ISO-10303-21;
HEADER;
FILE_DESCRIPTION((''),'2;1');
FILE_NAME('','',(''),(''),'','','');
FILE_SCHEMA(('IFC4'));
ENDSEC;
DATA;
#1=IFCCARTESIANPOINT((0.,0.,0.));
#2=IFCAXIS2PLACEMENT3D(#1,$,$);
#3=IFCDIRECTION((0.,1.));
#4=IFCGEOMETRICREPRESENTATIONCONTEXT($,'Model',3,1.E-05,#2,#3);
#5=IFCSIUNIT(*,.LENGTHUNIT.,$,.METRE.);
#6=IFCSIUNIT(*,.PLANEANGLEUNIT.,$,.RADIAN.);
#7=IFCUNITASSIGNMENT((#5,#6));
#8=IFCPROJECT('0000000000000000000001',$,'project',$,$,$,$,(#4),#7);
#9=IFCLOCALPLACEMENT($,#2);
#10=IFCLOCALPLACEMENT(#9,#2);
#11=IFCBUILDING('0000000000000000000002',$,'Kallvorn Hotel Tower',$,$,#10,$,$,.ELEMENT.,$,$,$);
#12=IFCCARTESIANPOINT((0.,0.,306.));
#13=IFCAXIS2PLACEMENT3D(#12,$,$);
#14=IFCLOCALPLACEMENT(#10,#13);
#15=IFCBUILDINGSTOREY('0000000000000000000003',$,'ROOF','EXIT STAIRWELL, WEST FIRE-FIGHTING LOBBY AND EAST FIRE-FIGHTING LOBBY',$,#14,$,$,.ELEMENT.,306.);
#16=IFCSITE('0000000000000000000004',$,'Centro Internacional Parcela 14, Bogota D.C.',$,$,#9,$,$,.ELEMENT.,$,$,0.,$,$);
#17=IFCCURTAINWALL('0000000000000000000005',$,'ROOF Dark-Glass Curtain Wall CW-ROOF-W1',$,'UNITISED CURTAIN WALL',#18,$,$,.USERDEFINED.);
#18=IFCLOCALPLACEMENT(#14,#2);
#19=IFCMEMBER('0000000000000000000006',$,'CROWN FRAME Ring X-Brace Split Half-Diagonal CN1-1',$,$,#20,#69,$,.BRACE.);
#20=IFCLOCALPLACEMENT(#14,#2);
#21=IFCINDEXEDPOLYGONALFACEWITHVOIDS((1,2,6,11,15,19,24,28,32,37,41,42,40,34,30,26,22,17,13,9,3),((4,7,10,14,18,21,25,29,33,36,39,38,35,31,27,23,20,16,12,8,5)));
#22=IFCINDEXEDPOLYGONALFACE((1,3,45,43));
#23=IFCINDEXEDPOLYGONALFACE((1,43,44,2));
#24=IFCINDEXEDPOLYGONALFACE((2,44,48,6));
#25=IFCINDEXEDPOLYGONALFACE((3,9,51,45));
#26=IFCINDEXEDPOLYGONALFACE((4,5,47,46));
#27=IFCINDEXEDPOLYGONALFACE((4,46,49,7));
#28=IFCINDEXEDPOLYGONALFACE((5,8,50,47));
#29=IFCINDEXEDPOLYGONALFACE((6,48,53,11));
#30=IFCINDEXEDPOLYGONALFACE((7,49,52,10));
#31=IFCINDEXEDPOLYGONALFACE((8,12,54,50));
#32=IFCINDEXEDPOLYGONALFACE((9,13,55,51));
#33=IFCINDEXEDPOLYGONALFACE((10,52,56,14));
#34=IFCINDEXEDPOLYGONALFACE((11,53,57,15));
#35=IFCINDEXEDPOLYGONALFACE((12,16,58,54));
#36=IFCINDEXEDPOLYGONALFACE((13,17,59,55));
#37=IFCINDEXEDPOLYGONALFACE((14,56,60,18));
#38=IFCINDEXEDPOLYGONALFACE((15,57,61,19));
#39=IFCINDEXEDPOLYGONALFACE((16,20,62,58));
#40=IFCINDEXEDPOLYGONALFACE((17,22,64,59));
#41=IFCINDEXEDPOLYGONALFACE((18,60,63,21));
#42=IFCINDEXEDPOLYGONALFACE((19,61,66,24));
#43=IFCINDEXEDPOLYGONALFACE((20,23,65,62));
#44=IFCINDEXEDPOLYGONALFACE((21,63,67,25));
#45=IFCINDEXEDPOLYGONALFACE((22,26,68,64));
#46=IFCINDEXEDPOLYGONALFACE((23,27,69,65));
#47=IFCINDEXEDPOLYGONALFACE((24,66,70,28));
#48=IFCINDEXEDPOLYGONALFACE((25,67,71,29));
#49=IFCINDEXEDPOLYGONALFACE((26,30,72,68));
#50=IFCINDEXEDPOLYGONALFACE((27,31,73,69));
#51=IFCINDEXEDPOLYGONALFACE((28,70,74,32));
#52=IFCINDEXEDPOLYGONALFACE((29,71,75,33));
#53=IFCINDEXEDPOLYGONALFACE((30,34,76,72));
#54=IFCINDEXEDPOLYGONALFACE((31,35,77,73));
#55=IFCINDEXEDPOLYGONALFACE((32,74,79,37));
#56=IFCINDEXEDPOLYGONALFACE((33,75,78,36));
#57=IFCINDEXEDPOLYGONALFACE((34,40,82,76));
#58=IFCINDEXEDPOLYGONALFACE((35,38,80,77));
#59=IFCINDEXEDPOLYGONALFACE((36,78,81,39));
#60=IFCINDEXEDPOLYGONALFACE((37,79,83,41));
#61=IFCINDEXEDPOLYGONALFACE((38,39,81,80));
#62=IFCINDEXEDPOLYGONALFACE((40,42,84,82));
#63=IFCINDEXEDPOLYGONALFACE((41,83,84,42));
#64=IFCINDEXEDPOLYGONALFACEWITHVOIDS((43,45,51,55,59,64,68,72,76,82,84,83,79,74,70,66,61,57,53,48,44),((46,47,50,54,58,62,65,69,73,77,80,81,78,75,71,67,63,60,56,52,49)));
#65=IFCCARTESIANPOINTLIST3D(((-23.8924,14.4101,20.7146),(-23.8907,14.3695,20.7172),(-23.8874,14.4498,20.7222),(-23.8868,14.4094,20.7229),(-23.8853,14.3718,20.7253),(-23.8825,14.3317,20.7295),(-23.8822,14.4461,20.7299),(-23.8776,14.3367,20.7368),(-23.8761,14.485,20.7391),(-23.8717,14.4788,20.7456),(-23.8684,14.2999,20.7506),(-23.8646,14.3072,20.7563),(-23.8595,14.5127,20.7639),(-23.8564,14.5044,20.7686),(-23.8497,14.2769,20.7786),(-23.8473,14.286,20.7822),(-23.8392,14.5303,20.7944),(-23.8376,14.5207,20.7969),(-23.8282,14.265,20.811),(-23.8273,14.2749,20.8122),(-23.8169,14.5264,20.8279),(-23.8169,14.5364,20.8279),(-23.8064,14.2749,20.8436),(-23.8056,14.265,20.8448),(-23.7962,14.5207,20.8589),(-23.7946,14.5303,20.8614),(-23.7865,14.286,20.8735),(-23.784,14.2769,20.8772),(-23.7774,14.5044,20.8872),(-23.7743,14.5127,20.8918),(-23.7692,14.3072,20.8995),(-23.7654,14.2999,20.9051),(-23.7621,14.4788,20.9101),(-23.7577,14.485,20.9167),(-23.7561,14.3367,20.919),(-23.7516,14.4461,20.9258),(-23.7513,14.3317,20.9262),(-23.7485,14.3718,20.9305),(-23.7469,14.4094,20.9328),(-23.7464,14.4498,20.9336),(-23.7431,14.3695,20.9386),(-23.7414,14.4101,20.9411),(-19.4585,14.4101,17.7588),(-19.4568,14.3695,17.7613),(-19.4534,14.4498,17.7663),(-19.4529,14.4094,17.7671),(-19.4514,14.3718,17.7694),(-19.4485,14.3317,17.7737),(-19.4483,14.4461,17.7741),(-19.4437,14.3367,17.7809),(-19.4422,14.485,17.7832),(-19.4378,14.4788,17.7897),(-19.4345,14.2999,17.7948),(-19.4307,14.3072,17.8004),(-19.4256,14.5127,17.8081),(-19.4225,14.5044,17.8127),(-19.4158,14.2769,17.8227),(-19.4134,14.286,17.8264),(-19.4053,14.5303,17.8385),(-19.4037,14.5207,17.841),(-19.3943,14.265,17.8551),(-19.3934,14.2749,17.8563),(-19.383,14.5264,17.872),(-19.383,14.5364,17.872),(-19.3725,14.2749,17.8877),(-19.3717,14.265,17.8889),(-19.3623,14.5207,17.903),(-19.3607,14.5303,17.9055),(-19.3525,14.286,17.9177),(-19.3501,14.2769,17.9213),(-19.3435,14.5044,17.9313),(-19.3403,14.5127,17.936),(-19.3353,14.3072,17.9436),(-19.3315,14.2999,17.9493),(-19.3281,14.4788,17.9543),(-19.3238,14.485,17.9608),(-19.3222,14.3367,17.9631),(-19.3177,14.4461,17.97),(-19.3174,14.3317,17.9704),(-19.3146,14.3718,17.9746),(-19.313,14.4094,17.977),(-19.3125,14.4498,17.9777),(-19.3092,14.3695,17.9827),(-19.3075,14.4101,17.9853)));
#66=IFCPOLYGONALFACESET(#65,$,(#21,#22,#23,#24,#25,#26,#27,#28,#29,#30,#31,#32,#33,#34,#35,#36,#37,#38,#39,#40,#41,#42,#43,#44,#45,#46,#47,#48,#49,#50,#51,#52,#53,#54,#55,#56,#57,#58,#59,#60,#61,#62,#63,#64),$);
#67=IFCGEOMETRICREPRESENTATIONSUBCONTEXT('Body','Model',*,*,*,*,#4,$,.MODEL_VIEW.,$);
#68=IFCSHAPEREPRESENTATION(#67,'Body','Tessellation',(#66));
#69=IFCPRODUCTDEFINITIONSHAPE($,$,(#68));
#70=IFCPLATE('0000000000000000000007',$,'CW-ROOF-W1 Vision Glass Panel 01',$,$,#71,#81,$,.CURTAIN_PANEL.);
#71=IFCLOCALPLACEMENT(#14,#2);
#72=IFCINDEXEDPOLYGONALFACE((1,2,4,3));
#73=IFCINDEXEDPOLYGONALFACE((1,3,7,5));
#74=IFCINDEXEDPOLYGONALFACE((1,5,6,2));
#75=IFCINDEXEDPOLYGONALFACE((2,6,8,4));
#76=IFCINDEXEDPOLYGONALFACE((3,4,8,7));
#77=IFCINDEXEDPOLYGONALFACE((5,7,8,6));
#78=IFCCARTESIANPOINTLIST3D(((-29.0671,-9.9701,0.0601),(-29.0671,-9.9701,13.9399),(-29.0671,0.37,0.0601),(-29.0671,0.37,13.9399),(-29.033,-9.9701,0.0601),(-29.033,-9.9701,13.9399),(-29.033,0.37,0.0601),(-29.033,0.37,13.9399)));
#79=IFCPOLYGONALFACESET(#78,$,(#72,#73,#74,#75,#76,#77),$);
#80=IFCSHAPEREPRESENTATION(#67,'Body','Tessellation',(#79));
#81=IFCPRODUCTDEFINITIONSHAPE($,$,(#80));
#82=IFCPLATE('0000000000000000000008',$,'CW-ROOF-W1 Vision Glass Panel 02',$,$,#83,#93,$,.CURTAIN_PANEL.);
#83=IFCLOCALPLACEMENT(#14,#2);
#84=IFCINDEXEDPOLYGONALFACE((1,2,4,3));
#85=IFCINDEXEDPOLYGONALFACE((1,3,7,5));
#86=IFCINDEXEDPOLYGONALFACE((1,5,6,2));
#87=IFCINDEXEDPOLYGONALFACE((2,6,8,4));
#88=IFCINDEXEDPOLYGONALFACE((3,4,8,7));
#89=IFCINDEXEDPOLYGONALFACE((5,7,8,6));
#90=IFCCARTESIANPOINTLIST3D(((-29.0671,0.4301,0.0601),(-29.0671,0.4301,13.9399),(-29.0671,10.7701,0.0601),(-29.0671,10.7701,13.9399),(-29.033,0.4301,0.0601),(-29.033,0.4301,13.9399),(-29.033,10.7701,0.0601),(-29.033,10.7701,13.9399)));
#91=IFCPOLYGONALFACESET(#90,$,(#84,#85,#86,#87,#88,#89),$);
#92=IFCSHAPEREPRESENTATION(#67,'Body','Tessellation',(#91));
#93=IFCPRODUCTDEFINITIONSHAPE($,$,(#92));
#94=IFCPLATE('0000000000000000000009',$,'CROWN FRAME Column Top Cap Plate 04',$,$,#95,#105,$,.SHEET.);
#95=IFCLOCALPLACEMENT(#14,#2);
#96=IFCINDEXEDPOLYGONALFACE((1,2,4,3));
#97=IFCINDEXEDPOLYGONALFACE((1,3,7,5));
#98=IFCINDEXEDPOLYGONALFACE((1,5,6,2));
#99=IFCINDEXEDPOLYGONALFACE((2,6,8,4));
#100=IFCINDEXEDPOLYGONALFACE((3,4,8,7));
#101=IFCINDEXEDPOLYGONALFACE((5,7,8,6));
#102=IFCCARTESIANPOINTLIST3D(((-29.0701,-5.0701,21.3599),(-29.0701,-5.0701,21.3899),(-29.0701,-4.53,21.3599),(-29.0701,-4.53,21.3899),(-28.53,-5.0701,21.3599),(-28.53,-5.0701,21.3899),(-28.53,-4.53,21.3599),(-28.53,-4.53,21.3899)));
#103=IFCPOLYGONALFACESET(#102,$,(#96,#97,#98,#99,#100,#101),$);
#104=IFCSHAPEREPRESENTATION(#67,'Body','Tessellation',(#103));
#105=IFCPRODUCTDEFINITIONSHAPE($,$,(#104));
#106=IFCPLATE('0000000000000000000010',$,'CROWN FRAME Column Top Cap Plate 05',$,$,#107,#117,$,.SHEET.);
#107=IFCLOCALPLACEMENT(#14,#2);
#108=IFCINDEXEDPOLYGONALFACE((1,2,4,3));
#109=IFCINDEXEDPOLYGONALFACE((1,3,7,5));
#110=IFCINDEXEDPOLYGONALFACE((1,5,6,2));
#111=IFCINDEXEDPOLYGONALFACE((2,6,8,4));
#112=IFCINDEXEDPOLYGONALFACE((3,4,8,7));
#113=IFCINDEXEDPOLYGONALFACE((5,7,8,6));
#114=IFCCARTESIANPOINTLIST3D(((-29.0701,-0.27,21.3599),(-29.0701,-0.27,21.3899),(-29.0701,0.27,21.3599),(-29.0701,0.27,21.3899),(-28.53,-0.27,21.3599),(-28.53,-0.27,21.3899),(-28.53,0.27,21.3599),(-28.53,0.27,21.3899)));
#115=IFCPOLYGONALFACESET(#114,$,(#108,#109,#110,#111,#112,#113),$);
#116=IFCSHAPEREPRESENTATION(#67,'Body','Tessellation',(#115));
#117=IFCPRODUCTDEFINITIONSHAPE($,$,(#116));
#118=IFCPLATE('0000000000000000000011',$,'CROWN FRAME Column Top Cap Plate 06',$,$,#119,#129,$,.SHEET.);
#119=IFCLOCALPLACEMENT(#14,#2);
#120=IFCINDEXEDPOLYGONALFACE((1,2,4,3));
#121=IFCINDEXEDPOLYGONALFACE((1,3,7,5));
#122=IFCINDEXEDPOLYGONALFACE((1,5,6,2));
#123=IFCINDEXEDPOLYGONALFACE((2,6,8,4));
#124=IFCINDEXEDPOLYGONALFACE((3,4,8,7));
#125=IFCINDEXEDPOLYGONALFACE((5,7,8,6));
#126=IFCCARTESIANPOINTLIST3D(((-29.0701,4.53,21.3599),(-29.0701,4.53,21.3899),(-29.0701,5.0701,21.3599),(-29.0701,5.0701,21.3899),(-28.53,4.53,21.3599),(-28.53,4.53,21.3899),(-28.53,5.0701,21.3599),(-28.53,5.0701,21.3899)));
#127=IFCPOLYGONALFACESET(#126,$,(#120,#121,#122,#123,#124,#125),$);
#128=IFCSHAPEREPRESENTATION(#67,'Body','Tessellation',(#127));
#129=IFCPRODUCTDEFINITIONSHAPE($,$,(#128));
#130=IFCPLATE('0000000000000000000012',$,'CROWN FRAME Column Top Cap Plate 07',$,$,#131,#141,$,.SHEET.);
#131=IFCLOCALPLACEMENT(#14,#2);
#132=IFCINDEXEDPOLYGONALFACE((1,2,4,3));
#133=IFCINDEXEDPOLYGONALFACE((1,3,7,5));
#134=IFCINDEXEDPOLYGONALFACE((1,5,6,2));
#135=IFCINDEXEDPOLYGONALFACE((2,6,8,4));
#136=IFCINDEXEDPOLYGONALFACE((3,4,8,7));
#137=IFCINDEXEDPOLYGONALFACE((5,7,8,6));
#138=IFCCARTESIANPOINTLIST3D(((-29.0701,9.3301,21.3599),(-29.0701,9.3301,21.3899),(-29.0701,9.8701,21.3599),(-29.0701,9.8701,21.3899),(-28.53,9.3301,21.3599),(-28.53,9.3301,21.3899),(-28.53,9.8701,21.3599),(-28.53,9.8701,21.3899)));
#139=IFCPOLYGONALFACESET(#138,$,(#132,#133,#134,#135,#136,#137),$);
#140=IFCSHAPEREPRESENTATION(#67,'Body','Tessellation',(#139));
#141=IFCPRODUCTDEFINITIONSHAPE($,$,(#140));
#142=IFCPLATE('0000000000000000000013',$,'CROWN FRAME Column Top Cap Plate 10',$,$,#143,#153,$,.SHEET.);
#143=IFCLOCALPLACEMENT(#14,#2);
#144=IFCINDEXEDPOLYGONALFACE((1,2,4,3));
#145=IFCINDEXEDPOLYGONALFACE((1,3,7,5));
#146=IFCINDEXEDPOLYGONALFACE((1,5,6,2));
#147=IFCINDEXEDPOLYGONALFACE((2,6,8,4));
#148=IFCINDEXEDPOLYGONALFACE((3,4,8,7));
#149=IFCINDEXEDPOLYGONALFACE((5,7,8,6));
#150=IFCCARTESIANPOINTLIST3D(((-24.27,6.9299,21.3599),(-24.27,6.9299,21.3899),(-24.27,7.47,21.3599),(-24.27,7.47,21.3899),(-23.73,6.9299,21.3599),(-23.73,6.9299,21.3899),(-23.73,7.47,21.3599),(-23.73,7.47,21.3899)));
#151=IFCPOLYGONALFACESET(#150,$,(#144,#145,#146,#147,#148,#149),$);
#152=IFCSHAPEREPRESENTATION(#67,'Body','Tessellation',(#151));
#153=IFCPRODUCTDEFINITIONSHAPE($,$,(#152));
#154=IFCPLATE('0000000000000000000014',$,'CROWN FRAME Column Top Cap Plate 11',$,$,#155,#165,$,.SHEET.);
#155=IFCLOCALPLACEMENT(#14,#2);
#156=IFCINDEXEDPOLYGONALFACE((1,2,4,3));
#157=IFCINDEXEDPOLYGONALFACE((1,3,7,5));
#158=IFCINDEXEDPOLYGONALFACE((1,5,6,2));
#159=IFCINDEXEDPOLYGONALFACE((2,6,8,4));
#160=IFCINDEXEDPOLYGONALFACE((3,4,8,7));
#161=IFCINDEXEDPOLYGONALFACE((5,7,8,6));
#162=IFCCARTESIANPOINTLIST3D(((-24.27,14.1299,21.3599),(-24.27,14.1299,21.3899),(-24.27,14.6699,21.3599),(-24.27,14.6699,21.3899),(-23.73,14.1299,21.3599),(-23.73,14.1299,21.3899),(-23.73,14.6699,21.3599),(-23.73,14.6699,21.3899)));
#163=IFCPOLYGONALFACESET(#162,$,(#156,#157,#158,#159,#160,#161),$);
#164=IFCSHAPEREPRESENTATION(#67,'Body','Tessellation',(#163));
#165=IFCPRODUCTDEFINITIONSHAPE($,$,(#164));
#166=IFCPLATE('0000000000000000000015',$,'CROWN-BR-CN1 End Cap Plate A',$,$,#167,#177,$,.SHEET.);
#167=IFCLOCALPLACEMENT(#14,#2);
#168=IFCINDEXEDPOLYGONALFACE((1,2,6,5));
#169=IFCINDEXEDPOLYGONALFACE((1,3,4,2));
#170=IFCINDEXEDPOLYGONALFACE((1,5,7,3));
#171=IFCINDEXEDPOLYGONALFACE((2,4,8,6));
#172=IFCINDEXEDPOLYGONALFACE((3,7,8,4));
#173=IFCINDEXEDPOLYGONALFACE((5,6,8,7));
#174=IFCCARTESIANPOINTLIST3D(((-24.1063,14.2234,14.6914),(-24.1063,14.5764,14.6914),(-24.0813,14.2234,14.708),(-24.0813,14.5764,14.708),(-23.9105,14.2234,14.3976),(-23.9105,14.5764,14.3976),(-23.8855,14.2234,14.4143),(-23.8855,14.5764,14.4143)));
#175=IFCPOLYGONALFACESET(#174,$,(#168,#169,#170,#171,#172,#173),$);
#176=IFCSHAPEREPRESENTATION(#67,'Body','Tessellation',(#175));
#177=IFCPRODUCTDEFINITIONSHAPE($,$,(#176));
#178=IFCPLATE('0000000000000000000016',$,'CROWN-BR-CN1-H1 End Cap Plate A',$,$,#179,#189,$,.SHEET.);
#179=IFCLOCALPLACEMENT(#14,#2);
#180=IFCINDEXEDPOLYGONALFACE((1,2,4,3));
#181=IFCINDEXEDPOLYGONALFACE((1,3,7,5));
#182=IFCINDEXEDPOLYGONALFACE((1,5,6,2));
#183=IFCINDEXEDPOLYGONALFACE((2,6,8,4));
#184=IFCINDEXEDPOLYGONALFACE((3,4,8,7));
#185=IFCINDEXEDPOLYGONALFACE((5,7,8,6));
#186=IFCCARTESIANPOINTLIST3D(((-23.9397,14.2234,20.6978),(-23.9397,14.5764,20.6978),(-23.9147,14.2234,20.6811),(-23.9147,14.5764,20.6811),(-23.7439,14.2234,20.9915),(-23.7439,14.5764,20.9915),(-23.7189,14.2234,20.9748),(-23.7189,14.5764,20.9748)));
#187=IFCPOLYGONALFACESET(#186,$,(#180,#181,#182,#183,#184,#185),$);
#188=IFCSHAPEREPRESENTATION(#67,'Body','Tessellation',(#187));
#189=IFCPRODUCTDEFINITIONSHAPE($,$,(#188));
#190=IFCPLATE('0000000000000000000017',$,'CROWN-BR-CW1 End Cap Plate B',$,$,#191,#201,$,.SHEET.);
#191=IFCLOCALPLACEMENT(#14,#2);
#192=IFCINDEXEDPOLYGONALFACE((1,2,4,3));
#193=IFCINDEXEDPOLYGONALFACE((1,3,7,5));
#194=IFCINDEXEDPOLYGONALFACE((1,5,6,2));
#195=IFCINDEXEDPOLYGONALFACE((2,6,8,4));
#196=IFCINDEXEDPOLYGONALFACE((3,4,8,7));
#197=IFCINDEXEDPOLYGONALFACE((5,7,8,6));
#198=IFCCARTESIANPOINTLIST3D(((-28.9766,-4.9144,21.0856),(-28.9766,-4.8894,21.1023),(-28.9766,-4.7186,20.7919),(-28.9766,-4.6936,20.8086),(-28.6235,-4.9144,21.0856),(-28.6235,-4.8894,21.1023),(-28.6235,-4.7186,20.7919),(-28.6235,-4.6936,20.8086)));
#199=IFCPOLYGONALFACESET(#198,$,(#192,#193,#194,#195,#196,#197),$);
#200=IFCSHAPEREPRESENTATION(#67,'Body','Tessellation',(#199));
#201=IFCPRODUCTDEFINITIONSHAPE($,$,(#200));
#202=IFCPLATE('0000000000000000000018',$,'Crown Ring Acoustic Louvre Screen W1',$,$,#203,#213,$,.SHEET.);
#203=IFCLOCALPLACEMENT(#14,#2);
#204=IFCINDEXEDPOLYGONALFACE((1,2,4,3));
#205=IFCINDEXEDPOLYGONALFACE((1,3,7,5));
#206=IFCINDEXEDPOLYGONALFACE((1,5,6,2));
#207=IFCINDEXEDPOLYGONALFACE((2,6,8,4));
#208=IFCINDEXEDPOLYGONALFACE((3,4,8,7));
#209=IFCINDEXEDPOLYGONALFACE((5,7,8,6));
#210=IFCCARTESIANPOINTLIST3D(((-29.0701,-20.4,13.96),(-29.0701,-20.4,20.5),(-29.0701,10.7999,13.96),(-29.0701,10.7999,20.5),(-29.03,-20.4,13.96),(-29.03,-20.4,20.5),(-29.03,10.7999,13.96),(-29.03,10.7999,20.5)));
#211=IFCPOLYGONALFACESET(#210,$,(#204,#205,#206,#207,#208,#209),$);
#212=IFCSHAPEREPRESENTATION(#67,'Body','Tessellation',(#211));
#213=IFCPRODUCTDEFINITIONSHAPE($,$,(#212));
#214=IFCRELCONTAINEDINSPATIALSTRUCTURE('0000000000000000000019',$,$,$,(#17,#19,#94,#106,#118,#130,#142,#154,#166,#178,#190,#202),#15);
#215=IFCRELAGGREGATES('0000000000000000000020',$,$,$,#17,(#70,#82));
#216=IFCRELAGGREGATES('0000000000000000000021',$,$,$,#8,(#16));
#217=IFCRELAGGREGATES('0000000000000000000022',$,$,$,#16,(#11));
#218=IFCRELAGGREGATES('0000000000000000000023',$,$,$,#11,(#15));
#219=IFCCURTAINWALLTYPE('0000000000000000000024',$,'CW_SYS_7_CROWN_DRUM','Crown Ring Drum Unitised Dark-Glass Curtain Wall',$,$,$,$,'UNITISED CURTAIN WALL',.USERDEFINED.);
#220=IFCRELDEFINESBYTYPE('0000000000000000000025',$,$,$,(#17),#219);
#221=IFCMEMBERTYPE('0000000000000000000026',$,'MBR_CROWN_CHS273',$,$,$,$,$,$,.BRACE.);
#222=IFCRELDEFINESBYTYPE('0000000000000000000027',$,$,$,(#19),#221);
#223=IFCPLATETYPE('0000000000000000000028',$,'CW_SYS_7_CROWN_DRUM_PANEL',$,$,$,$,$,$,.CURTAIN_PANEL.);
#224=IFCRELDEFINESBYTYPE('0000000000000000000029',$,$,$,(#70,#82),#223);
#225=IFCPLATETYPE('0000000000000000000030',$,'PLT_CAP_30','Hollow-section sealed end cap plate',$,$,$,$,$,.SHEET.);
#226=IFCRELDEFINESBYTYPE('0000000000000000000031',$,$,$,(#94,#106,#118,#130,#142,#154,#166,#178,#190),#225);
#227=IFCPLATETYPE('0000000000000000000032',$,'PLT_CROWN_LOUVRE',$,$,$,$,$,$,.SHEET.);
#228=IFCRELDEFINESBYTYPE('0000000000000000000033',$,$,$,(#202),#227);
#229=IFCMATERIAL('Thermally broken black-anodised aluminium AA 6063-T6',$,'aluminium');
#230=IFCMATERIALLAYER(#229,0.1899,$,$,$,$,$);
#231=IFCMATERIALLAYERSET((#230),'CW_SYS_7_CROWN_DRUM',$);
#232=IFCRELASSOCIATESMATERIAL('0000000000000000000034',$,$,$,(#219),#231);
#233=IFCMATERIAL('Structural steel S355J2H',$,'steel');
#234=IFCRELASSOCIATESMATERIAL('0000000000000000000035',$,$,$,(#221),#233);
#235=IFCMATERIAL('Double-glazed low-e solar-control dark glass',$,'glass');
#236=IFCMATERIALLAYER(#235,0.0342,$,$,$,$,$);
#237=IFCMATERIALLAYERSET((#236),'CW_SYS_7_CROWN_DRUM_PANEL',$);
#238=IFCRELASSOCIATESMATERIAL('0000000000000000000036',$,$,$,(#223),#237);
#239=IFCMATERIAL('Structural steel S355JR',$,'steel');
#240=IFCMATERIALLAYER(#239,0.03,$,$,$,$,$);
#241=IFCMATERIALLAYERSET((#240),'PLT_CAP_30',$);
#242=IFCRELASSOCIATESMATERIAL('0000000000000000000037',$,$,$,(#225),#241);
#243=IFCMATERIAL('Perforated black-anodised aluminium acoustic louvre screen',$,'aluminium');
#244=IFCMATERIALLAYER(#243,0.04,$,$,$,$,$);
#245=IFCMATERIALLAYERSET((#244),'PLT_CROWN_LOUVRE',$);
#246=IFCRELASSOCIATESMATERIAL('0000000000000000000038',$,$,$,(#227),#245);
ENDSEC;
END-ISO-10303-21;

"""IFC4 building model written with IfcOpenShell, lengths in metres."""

from ifc_helpers import new_model, si_unit, direction, frame, origin, origin_2d, place, context, subcontext, project, spatial, polyline, rectangle, hollow_circle, outline, extrude, material, layer, layer_set, material_profile, profile_set, type_object, element, aggregate, save


model = new_model("IFC4")

# Units and contexts
model_context = context("Model", 3, precision=1e-05, world=origin(), true_north=direction((0.0, 1.0)))
body_context = subcontext(model_context, "Body", "Model", "MODEL_VIEW")
ifc_project = project(units=[si_unit("LENGTHUNIT", "METRE"), si_unit("PLANEANGLEUNIT", "RADIAN")], contexts=[model_context])

# Site, building, storey
site_placement = place(None, origin())
site = spatial("IfcSite", under=ifc_project, at=site_placement, Name="Centro Internacional Parcela 14, Bogota D.C.", CompositionType="ELEMENT", RefElevation=0.0)
building_placement = place(site_placement, origin())
building = spatial("IfcBuilding", under=site, at=building_placement, Name="Kallvorn Hotel Tower", CompositionType="ELEMENT")
storey_placement = place(building_placement, frame((0.0, 0.0, 306.0)))
storey = spatial("IfcBuildingStorey", under=building, at=storey_placement, Name="ROOF", Description="EXIT STAIRWELL, WEST FIRE-FIGHTING LOBBY AND EAST FIRE-FIGHTING LOBBY", CompositionType="ELEMENT", Elevation=306.0)

# Curtain wall
ifc_material_1 = material(Name="Thermally broken black-anodised aluminium AA 6063-T6", Category="aluminium")
ifc_layer_1 = layer(ifc_material_1, 0.1899)
ifc_layer_set_1 = layer_set([ifc_layer_1], Name="CW_SYS_7_CROWN_DRUM")
curtain_wall_type = type_object("IfcCurtainWallType", Name="CW_SYS_7_CROWN_DRUM", Description="Crown Ring Drum Unitised Dark-Glass Curtain Wall", ElementType="UNITISED CURTAIN WALL", PredefinedType="USERDEFINED", material=ifc_layer_set_1)
curtain_wall_1_placement = place(storey_placement, origin())
curtain_wall_1 = element("IfcCurtainWall", 1, at=curtain_wall_1_placement, inside=storey, type_object=curtain_wall_type, Name="ROOF Dark-Glass Curtain Wall CW-ROOF-W1", ObjectType="UNITISED CURTAIN WALL", PredefinedType="USERDEFINED")

# Member
ifc_material_2 = material(Name="Structural steel S355J2H", Category="steel")
ifc_material_profile_1 = material_profile(ifc_material_2, hollow_circle(Radius=0.1365, WallThickness=0.01, at=origin_2d()), Name="CHS 273x10")
ifc_profile_set_1 = profile_set([ifc_material_profile_1], Name="Structural steel S355J2H")
member_type_1 = type_object("IfcMemberType", Name="MBR_CROWN_CHS273", PredefinedType="BRACE", material=ifc_profile_set_1)
member_1_placement = place(storey_placement, frame((-23.8169, 14.3999, 20.8279), z_axis=(0.832057, 0.0, -0.55469), x_axis=(0.0, 1.0, 0.0)))
element("IfcMember", 2, at=member_1_placement, inside=storey, type_object=member_type_1, Name="CROWN FRAME Ring X-Brace Split Half-Diagonal CN1-1", PredefinedType="BRACE", context=body_context, shape_type="SweptSolid", body=[
    extrude(hollow_circle(Radius=0.1365, WallThickness=0.01, at=origin_2d()), origin(), (0.0, 0.0, 1.0), 5.3289),
])

# Plates
ifc_material_3 = material(Name="Double-glazed low-e solar-control dark glass", Category="glass")
ifc_layer_2 = layer(ifc_material_3, 0.0342)
ifc_layer_set_2 = layer_set([ifc_layer_2], Name="CW_SYS_7_CROWN_DRUM_PANEL")
plate_type_1 = type_object("IfcPlateType", Name="CW_SYS_7_CROWN_DRUM_PANEL", PredefinedType="CURTAIN_PANEL", material=ifc_layer_set_2)
plate_1_placement = place(storey_placement, frame((-29.05, -4.8, 0.0601), z_axis=(0.0, 0.0, 1.0), x_axis=(0.0, 1.0, 0.0)))
plate_1 = element("IfcPlate", 3, at=plate_1_placement, type_object=plate_type_1, Name="CW-ROOF-W1 Vision Glass Panel 01", PredefinedType="CURTAIN_PANEL", context=body_context, shape_type="SweptSolid", body=[
    extrude(rectangle(XDim=10.3401, YDim=0.0342, at=origin_2d()), origin(), (0.0, 0.0, 1.0), 13.8799),
])
plate_2_placement = place(storey_placement, frame((-29.05, 5.6001, 0.0601), z_axis=(0.0, 0.0, 1.0), x_axis=(0.0, 1.0, 0.0)))
plate_2 = element("IfcPlate", 4, at=plate_2_placement, type_object=plate_type_1, Name="CW-ROOF-W1 Vision Glass Panel 02", PredefinedType="CURTAIN_PANEL", context=body_context, shape_type="SweptSolid", body=[
    extrude(rectangle(XDim=10.3401, YDim=0.0342, at=origin_2d()), origin(), (0.0, 0.0, 1.0), 13.8799),
])
aggregate(curtain_wall_1, [plate_1, plate_2])

# Plates
ifc_material_4 = material(Name="Structural steel S355JR", Category="steel")
ifc_layer_3 = layer(ifc_material_4, 0.03)
ifc_layer_set_3 = layer_set([ifc_layer_3], Name="PLT_CAP_30")
plate_type_2 = type_object("IfcPlateType", Name="PLT_CAP_30", Description="Hollow-section sealed end cap plate", PredefinedType="SHEET", material=ifc_layer_set_3)
for number, where, z_axis, x_axis, name in (
    (5, (-28.8, -4.8, 21.3599), (0.0, 0.0, 1.0), (1.0, 0.0, 0.0), "CROWN FRAME Column Top Cap Plate 04"),
    (6, (-28.8, 0.0, 21.3599), (0.0, 0.0, 1.0), (1.0, 0.0, 0.0), "CROWN FRAME Column Top Cap Plate 05"),
    (7, (-28.8, 4.8, 21.3599), (0.0, 0.0, 1.0), (1.0, 0.0, 0.0), "CROWN FRAME Column Top Cap Plate 06"),
    (8, (-28.8, 9.6001, 21.3599), (0.0, 0.0, 1.0), (1.0, 0.0, 0.0), "CROWN FRAME Column Top Cap Plate 07"),
    (9, (-24.0, 7.2, 21.3599), (0.0, 0.0, 1.0), (1.0, 0.0, 0.0), "CROWN FRAME Column Top Cap Plate 10"),
    (10, (-24.0, 14.3999, 21.3599), (0.0, 0.0, 1.0), (1.0, 0.0, 0.0), "CROWN FRAME Column Top Cap Plate 11"),
):
    element("IfcPlate", number, at=place(storey_placement, frame(where, z_axis=z_axis, x_axis=x_axis)), inside=storey, type_object=plate_type_2, Name=name, PredefinedType="SHEET", context=body_context, shape_type="SweptSolid", body=[
        extrude(rectangle(XDim=0.54, YDim=0.54, at=origin_2d()), origin(), (0.0, 0.0, 1.0), 0.03),
    ])
for number, where, z_axis, x_axis, name in (
    (11, (-23.8855, 14.2234, 14.4143), (0.83205, 0.0, 0.5547), (0.0, 1.0, 0.0), "CROWN-BR-CN1 End Cap Plate A"),
    (12, (-23.9397, 14.5764, 20.6978), (-0.83205, 0.0, 0.5547), (0.0, -1.0, 0.0), "CROWN-BR-CN1-H1 End Cap Plate A"),
    (13, (-28.6235, -4.6936, 20.8086), (0.0, 0.83205, 0.5547), (-1.0, 0.0, 0.0), "CROWN-BR-CW1 End Cap Plate B"),
):
    element("IfcPlate", number, at=place(storey_placement, frame(where, z_axis=z_axis, x_axis=x_axis)), inside=storey, type_object=plate_type_2, Name=name, PredefinedType="SHEET", context=body_context, shape_type="SweptSolid", body=[
        extrude(outline(polyline([(0.0, 0.0), (0.353, 0.0), (0.353, 0.353), (0.0, 0.353), (0.0, 0.0)])), origin(), (0.0, 0.0, -1.0), 0.03),
    ])
ifc_material_5 = material(Name="Perforated black-anodised aluminium acoustic louvre screen", Category="aluminium")
ifc_layer_4 = layer(ifc_material_5, 0.04)
ifc_layer_set_4 = layer_set([ifc_layer_4], Name="PLT_CROWN_LOUVRE")
plate_type_3 = type_object("IfcPlateType", Name="PLT_CROWN_LOUVRE", PredefinedType="SHEET", material=ifc_layer_set_4)
plate_3_placement = place(storey_placement, frame((-29.05, -4.8, 13.96), z_axis=(0.0, 0.0, 1.0), x_axis=(0.0, 1.0, 0.0)))
element("IfcPlate", 14, at=plate_3_placement, inside=storey, type_object=plate_type_3, Name="Crown Ring Acoustic Louvre Screen W1", PredefinedType="SHEET", context=body_context, shape_type="SweptSolid", body=[
    extrude(rectangle(XDim=31.2, YDim=0.04, at=origin_2d()), origin(), (0.0, 0.0, 1.0), 6.54),
])

save(model, "model.ifc")
